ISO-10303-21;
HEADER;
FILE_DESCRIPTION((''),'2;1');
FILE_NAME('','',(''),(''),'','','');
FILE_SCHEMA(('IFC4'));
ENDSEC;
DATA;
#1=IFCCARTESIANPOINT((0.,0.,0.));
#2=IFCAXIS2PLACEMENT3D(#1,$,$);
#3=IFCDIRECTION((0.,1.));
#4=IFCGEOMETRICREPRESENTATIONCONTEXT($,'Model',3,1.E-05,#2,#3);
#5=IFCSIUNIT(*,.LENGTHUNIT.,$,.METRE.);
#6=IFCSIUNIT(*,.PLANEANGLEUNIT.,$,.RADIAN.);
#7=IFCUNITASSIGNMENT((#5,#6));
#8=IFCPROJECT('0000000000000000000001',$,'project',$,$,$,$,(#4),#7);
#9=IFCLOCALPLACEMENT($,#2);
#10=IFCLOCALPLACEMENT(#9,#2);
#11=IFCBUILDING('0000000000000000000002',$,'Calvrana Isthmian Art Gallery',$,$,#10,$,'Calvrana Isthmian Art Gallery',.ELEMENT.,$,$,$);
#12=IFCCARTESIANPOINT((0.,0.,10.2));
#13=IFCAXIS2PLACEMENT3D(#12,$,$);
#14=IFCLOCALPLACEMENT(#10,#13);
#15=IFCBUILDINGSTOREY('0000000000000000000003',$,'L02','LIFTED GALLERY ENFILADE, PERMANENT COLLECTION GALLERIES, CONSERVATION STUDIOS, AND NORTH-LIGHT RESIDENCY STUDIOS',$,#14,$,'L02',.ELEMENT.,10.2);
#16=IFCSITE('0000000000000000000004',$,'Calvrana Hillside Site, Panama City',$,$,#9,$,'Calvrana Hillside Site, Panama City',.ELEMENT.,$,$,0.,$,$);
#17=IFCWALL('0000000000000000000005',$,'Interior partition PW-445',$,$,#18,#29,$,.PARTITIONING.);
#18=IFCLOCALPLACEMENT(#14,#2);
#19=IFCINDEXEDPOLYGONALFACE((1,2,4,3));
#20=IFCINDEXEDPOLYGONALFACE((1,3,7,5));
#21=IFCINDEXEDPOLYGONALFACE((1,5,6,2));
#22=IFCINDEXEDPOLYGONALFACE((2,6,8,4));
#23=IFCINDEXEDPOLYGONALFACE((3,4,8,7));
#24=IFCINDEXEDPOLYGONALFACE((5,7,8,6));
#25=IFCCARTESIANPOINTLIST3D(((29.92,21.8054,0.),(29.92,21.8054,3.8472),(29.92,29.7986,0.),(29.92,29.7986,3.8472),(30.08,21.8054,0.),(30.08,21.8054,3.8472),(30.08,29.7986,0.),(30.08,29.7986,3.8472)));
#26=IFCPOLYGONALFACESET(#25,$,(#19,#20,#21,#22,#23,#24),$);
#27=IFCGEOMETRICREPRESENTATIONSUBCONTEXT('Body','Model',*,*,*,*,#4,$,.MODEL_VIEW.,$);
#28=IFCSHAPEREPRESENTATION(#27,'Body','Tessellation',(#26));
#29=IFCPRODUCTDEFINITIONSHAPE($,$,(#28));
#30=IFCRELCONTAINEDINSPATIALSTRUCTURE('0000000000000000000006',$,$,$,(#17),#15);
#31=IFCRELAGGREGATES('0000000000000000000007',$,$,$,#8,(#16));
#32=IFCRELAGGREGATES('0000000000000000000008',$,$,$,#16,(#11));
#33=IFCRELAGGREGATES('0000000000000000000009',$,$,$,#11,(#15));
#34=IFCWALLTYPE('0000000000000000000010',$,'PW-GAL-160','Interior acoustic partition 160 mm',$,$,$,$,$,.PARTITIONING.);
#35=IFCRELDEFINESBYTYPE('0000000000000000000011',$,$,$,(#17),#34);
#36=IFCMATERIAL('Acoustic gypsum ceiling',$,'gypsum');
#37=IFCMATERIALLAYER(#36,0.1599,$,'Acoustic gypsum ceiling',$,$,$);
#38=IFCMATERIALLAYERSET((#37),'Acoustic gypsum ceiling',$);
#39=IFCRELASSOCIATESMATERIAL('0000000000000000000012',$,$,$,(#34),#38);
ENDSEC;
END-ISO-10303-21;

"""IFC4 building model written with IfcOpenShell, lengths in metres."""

from ifc_helpers import new_model, si_unit, direction, frame, frame_2d, origin, place, context, subcontext, project, spatial, rectangle, extrude, material, layer, layer_set, type_object, element, save


model = new_model("IFC4")

# Units and contexts
model_context = context("Model", 3, precision=1e-05, world=origin(), true_north=direction((0.0, 1.0)))
body_context = subcontext(model_context, "Body", "Model", "MODEL_VIEW")
ifc_project = project(units=[si_unit("LENGTHUNIT", "METRE"), si_unit("PLANEANGLEUNIT", "RADIAN")], contexts=[model_context])

# Site, building, storey
site_placement = place(None, origin())
site = spatial("IfcSite", under=ifc_project, at=site_placement, Name="Calvrana Hillside Site, Panama City", LongName="Calvrana Hillside Site, Panama City", CompositionType="ELEMENT", RefElevation=0.0)
building_placement = place(site_placement, origin())
building = spatial("IfcBuilding", under=site, at=building_placement, Name="Calvrana Isthmian Art Gallery", LongName="Calvrana Isthmian Art Gallery", CompositionType="ELEMENT")
storey_placement = place(building_placement, frame((0.0, 0.0, 10.2)))
storey = spatial("IfcBuildingStorey", under=building, at=storey_placement, Name="L02", Description="LIFTED GALLERY ENFILADE, PERMANENT COLLECTION GALLERIES, CONSERVATION STUDIOS, AND NORTH-LIGHT RESIDENCY STUDIOS", LongName="L02", CompositionType="ELEMENT", Elevation=10.2)

# Wall
ifc_material_1 = material(Name="Acoustic gypsum ceiling", Category="gypsum")
ifc_layer_1 = layer(ifc_material_1, 0.1599, Name="Acoustic gypsum ceiling")
ifc_layer_set_1 = layer_set([ifc_layer_1], Name="Acoustic gypsum ceiling")
wall_type = type_object("IfcWallType", Name="PW-GAL-160", Description="Interior acoustic partition 160 mm", PredefinedType="PARTITIONING", material=ifc_layer_set_1)
wall_placement = place(storey_placement, frame((30.0, 21.8054, 0.0), z_axis=(0.0, 0.0, 1.0), x_axis=(0.0, 1.0, 0.0)))
element("IfcWall", 1, at=wall_placement, inside=storey, type_object=wall_type, Name="Interior partition PW-445", PredefinedType="PARTITIONING", context=body_context, shape_type="SweptSolid", body=[
    extrude(rectangle(XDim=7.9932, YDim=0.1599, at=frame_2d((3.9966, 0.0))), origin(), (0.0, 0.0, 1.0), 3.8472),
])

save(model, "model.ifc")
